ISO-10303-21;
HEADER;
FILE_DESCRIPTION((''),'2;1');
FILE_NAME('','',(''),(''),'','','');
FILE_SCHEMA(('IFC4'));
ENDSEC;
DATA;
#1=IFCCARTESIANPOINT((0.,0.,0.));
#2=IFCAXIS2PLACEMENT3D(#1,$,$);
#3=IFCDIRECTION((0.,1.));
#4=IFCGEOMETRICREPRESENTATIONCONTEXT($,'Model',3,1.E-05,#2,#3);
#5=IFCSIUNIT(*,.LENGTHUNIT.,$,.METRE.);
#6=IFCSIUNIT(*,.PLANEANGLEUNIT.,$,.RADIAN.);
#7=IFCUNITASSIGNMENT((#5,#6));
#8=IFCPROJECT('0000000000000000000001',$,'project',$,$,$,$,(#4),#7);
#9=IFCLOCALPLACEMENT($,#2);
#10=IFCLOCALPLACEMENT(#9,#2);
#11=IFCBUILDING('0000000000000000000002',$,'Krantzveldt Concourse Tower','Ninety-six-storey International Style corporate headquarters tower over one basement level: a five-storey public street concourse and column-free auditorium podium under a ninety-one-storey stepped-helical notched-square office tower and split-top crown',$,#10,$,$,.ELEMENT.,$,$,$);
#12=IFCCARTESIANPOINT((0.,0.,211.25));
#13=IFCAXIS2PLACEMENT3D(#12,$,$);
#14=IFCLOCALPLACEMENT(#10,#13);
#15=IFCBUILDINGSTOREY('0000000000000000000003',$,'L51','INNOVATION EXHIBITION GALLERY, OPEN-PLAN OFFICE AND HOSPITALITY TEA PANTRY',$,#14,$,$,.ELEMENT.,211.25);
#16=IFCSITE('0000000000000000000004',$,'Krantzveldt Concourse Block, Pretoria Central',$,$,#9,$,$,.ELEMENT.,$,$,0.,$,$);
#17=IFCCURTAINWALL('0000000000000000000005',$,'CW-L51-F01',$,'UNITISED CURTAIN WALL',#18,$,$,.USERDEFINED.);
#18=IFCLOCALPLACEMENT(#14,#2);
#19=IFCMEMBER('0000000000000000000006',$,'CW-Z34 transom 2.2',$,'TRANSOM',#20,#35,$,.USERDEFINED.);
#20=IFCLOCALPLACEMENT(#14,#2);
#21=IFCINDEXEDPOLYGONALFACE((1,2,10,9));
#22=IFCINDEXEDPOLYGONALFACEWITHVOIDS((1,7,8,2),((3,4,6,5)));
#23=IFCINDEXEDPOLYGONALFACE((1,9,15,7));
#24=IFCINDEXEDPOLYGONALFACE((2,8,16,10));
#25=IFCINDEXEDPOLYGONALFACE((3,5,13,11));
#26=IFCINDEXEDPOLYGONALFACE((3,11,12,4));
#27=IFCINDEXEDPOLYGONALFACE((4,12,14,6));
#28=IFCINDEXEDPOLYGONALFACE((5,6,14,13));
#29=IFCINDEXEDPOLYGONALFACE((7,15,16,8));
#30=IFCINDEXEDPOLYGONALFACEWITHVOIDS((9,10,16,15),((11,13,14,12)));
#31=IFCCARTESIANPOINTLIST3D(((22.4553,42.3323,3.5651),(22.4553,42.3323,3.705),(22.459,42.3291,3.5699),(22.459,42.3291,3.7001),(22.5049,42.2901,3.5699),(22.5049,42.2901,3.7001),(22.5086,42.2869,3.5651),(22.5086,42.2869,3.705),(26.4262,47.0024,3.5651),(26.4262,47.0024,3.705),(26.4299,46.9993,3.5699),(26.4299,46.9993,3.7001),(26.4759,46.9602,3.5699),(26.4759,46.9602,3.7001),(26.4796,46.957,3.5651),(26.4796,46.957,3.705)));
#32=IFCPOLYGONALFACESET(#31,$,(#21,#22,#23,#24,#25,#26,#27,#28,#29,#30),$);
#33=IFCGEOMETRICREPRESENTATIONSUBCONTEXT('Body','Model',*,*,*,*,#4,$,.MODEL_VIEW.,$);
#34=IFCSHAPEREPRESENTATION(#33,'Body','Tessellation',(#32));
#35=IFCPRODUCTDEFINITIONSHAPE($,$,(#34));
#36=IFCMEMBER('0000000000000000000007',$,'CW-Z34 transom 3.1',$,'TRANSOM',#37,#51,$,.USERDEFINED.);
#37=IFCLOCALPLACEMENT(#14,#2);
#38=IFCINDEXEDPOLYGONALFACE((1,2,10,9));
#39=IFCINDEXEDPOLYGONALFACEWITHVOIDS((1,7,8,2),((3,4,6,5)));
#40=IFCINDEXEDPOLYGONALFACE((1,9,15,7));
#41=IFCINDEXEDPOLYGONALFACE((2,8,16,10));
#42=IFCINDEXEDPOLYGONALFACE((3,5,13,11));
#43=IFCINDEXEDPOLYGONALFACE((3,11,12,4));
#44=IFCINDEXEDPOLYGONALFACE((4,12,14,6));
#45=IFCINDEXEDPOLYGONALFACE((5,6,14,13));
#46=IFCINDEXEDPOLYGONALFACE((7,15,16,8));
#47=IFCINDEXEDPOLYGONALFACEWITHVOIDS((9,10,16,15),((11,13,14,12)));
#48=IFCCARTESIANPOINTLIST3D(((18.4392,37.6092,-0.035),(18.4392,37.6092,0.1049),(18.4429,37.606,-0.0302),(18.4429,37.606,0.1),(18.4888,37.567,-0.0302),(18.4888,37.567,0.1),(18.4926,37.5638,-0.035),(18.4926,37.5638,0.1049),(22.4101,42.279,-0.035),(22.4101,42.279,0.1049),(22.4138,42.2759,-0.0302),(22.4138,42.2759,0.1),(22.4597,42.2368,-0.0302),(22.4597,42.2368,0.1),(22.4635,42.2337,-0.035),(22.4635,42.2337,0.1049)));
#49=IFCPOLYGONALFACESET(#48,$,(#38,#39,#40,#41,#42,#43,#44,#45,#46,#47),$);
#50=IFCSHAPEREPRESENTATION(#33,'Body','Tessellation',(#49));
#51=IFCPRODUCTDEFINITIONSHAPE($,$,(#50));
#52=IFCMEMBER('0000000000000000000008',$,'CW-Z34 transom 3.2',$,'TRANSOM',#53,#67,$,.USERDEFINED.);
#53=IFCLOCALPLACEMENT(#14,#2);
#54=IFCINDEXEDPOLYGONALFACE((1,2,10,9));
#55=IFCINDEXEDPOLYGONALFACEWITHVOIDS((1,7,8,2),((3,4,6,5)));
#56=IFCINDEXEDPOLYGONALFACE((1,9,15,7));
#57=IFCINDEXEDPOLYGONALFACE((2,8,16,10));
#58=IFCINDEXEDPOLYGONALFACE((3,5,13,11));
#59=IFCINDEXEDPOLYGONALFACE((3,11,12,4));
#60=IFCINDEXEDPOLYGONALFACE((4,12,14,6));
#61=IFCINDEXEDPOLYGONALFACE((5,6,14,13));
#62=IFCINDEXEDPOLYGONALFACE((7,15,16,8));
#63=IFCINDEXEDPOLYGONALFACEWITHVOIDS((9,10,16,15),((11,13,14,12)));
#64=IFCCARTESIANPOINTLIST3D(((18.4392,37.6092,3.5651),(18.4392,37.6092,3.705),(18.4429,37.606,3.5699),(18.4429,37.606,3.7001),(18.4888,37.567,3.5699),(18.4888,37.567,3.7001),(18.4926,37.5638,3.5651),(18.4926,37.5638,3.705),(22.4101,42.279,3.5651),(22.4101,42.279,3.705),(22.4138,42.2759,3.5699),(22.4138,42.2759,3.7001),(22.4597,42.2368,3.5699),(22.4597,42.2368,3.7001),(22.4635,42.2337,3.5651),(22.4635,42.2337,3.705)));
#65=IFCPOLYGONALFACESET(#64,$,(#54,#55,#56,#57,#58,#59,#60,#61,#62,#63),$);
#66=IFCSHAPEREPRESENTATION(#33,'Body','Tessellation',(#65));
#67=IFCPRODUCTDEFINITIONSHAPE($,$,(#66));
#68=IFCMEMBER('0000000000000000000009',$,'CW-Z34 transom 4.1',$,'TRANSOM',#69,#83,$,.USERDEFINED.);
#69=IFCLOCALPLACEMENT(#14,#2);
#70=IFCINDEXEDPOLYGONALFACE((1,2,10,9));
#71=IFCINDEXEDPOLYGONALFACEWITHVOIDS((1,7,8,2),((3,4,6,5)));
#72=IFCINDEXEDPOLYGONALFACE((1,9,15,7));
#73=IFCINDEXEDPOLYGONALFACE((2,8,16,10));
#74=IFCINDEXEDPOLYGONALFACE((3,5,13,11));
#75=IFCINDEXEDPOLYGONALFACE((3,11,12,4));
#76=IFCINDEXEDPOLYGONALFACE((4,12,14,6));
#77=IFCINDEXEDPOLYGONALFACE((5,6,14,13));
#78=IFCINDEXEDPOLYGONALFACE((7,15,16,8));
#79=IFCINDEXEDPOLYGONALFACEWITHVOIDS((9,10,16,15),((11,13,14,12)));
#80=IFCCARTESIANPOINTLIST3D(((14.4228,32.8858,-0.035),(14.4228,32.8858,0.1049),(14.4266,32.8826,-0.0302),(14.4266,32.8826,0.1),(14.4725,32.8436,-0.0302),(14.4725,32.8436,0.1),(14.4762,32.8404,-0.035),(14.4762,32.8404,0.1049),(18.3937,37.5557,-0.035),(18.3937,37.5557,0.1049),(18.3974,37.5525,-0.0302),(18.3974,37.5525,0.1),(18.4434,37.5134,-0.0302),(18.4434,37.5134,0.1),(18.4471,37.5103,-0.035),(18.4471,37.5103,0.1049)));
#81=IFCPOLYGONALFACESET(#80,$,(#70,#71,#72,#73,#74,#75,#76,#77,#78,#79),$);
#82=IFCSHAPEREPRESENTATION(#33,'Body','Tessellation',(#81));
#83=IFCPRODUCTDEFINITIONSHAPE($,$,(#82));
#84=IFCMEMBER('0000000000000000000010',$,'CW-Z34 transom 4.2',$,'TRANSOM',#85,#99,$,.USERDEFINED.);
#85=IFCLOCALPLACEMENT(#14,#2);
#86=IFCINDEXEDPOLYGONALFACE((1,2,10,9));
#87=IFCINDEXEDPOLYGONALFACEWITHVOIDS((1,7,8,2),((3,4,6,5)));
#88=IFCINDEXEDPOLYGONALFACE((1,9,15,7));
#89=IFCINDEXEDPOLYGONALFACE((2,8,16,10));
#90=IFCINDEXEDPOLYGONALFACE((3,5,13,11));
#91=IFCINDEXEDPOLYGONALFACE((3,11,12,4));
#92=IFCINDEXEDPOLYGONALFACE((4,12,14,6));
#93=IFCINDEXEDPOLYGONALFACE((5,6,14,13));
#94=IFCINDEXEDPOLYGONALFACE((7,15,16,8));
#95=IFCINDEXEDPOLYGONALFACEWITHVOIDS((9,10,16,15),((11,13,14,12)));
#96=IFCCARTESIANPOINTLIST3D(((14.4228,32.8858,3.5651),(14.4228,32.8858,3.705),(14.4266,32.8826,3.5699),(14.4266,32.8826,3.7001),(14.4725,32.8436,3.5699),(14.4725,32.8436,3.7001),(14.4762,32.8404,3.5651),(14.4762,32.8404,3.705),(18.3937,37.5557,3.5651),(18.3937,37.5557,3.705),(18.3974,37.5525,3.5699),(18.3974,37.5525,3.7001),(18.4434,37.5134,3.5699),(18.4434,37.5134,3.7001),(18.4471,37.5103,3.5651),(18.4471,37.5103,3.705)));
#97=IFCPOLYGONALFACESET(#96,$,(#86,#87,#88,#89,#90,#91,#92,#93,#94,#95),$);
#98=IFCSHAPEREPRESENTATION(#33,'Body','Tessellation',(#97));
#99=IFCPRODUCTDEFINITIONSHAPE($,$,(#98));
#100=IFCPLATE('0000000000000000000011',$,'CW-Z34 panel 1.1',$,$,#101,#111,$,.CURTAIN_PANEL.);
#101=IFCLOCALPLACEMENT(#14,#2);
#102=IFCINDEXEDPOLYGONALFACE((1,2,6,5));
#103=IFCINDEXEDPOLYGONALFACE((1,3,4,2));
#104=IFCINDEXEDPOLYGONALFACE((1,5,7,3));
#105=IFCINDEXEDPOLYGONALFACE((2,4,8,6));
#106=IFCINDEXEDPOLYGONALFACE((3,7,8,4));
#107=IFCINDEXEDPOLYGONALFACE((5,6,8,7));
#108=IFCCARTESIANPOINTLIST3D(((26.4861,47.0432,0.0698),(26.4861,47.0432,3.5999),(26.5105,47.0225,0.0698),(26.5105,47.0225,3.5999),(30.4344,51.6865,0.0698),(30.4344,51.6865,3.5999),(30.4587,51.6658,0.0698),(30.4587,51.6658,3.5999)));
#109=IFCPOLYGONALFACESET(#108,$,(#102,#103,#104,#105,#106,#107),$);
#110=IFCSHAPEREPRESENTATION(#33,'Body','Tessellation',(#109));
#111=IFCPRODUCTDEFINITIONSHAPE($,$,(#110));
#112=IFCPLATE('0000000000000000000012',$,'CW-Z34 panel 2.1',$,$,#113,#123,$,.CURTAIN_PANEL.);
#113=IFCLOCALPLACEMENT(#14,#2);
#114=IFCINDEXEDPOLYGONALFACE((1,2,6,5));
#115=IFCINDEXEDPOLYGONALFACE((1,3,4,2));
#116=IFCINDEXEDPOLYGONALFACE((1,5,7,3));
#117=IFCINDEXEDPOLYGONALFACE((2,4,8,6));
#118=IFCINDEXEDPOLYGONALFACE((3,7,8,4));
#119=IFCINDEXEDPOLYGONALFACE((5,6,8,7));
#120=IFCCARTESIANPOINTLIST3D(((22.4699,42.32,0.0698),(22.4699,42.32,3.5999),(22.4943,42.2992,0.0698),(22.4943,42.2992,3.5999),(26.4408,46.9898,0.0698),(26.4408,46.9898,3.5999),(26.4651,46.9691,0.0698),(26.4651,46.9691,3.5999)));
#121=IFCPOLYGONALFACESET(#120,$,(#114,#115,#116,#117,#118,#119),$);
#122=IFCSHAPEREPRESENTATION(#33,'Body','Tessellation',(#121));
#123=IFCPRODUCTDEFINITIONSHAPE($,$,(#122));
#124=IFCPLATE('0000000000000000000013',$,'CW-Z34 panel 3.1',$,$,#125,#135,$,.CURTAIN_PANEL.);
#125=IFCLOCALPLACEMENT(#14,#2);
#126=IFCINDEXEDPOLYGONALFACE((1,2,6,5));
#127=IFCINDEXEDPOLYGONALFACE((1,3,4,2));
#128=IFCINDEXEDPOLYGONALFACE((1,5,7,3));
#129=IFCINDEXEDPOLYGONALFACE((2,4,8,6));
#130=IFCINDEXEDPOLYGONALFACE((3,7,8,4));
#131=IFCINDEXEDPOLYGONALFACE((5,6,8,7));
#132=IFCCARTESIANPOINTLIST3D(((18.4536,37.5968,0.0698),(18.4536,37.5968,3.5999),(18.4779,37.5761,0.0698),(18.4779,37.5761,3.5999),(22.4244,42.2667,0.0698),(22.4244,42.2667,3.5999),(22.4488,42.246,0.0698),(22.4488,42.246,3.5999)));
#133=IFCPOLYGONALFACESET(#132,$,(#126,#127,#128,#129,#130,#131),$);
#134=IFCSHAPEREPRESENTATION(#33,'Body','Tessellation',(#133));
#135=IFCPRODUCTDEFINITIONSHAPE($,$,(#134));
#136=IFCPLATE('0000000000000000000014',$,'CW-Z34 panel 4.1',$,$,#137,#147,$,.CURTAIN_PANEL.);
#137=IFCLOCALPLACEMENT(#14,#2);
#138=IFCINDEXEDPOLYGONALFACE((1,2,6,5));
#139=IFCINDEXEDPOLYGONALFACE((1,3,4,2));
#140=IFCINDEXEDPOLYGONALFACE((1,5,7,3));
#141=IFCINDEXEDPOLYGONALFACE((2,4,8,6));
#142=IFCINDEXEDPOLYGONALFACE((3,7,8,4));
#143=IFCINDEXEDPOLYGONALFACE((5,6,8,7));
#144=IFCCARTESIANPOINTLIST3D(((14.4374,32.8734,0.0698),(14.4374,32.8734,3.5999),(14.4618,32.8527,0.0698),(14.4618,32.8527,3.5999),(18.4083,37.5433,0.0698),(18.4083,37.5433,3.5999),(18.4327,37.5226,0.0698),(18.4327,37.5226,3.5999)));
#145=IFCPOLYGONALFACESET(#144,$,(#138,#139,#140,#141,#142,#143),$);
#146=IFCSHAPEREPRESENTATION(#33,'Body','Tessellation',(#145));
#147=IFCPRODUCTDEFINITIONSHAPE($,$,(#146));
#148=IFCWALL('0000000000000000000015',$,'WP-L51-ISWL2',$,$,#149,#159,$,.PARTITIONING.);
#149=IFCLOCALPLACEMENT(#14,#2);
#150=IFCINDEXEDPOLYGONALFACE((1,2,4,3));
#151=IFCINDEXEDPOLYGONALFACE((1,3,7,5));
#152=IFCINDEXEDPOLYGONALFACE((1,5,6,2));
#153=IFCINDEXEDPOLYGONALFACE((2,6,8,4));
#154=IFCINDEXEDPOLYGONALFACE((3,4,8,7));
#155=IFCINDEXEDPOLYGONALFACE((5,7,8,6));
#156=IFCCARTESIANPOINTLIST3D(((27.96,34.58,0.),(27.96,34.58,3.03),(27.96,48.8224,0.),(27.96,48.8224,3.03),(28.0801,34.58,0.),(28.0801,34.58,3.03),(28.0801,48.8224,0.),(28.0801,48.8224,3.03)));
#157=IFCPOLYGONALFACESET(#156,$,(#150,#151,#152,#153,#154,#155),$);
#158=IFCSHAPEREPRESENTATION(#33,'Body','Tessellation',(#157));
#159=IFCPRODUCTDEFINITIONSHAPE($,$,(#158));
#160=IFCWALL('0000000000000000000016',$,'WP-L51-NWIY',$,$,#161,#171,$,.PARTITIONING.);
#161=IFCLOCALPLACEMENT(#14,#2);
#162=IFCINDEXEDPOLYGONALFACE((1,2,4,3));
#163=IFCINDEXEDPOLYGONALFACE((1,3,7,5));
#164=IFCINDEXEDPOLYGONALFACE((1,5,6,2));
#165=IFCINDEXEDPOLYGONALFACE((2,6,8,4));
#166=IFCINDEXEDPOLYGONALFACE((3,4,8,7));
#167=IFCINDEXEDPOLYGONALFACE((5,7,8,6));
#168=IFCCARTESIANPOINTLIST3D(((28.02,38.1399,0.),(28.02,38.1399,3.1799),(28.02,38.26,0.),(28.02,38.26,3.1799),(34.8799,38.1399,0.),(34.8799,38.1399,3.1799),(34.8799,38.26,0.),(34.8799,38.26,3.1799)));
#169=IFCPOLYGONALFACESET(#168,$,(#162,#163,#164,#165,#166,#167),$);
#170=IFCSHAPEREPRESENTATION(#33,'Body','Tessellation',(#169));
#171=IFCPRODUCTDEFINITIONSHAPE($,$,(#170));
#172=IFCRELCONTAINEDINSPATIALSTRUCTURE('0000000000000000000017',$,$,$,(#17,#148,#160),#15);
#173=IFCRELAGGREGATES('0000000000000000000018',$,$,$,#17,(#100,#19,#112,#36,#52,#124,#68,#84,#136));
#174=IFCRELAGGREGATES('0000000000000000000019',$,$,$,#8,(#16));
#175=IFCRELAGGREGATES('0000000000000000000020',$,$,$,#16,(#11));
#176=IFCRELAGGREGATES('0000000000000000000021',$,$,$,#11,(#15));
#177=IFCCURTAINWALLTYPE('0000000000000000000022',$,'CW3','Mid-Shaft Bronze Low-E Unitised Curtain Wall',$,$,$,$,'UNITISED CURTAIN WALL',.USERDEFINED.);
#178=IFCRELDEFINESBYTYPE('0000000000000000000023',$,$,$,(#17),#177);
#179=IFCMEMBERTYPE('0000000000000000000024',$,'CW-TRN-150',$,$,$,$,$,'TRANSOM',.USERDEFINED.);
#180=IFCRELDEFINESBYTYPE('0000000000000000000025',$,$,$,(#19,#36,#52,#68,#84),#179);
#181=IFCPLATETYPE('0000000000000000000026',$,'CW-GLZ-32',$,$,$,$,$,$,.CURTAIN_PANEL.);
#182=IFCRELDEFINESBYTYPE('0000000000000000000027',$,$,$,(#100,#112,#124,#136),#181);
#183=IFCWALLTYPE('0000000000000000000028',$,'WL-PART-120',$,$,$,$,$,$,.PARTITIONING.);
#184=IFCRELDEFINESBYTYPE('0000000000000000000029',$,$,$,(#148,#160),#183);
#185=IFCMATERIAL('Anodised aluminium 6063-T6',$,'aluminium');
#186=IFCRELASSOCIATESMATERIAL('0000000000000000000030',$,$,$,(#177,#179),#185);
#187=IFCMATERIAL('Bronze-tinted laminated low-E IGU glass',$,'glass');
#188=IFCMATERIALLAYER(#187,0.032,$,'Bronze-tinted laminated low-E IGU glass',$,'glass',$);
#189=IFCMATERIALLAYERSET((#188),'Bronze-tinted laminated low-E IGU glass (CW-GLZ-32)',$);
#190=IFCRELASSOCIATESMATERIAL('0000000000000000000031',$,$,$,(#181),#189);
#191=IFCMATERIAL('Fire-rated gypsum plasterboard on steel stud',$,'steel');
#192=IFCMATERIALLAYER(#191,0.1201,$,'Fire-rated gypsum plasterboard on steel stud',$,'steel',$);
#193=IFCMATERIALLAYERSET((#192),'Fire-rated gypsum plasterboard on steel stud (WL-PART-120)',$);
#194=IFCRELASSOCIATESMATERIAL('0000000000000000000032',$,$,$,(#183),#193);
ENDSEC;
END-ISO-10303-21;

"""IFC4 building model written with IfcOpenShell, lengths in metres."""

from ifc_helpers import new_model, si_unit, direction, frame, frame_2d, origin, origin_2d, place, context, subcontext, project, spatial, rectangle, hollow_rectangle, extrude, source, transform, mapped, material, layer, layer_set, material_profile, profile_set, type_object, type_shapes, element, aggregate, save


model = new_model("IFC4")

# Units and contexts
model_context = context("Model", 3, precision=1e-05, world=origin(), true_north=direction((0.0, 1.0)))
body_context = subcontext(model_context, "Body", "Model", "MODEL_VIEW")
ifc_project = project(units=[si_unit("LENGTHUNIT", "METRE"), si_unit("PLANEANGLEUNIT", "RADIAN")], contexts=[model_context])

# Site, building, storey
site_placement = place(None, origin())
site = spatial("IfcSite", under=ifc_project, at=site_placement, Name="Krantzveldt Concourse Block, Pretoria Central", CompositionType="ELEMENT", RefElevation=0.0)
building_placement = place(site_placement, origin())
building = spatial("IfcBuilding", under=site, at=building_placement, Name="Krantzveldt Concourse Tower", Description="Ninety-six-storey International Style corporate headquarters tower over one basement level: a five-storey public street concourse and column-free auditorium podium under a ninety-one-storey stepped-helical notched-square office tower and split-top crown", CompositionType="ELEMENT")
storey_placement = place(building_placement, frame((0.0, 0.0, 211.25)))
storey = spatial("IfcBuildingStorey", under=building, at=storey_placement, Name="L51", Description="INNOVATION EXHIBITION GALLERY, OPEN-PLAN OFFICE AND HOSPITALITY TEA PANTRY", CompositionType="ELEMENT", Elevation=211.25)

# Curtain wall, members, plates
ifc_material_1 = material(Name="Anodised aluminium 6063-T6", Category="aluminium")
curtain_wall_type = type_object("IfcCurtainWallType", Name="CW3", Description="Mid-Shaft Bronze Low-E Unitised Curtain Wall", ElementType="UNITISED CURTAIN WALL", PredefinedType="USERDEFINED", material=ifc_material_1)
curtain_wall_placement = place(storey_placement, origin())
curtain_wall = element("IfcCurtainWall", 1, at=curtain_wall_placement, inside=storey, type_object=curtain_wall_type, Name="CW-L51-F01", ObjectType="UNITISED CURTAIN WALL", PredefinedType="USERDEFINED")
ifc_material_profile_1 = material_profile(ifc_material_1, hollow_rectangle(XDim=0.0701, YDim=0.1399, WallThickness=0.0049, at=origin_2d()), Name="Anodised aluminium 6063-T6", Category="aluminium")
ifc_profile_set_1 = profile_set([ifc_material_profile_1], Name="Anodised aluminium 6063-T6 - ALU-TRAN 140x70x5")
member_type_1 = type_object("IfcMemberType", Name="CW-TRN-150", ElementType="TRANSOM", PredefinedType="USERDEFINED", material=ifc_profile_set_1)
shared_shape_1 = source(origin(), body_context, "Body", "SweptSolid", [
    extrude(hollow_rectangle(XDim=0.0701, YDim=0.1399, WallThickness=0.0049, at=origin_2d()), origin(), (0.0, 0.0, 1.0), 6.1301),
])
member_1_placement = place(storey_placement, frame((26.4529, 46.9797, 3.635), z_axis=(-0.647772, -0.761834, 0.0), x_axis=(0.761834, -0.647772, 0.0)))
member_1 = element("IfcMember", 2, at=member_1_placement, type_object=member_type_1, Name="CW-Z34 transom 2.2", ObjectType="TRANSOM", PredefinedType="USERDEFINED", context=body_context, shape_type="MappedRepresentation", body=[
    mapped(shared_shape_1, transform((0.0, 0.0, 0.0), x_axis=(1.0, 0.0, 0.0), y_axis=(0.0, 1.0, 0.0), z_axis=(0.0, 0.0, 1.0), scale=1.0)),
])
shared_shape_2 = source(origin(), body_context, "Body", "SweptSolid", [
    extrude(hollow_rectangle(XDim=0.0701, YDim=0.1399, WallThickness=0.0049, at=origin_2d()), origin(), (0.0, 0.0, 1.0), 6.1299),
])
member_2_placement = place(storey_placement, frame((22.4368, 42.2563, 0.0349), z_axis=(-0.647792, -0.761817, 0.0), x_axis=(0.761817, -0.647792, 0.0)))
member_2 = element("IfcMember", 3, at=member_2_placement, type_object=member_type_1, Name="CW-Z34 transom 3.1", ObjectType="TRANSOM", PredefinedType="USERDEFINED", context=body_context, shape_type="MappedRepresentation", body=[
    mapped(shared_shape_2, transform((0.0, 0.0, 0.0), x_axis=(1.0, 0.0, 0.0), y_axis=(0.0, 1.0, 0.0), z_axis=(0.0, 0.0, 1.0), scale=1.0)),
])
member_3_placement = place(storey_placement, frame((22.4368, 42.2563, 3.635), z_axis=(-0.647792, -0.761817, 0.0), x_axis=(0.761817, -0.647792, 0.0)))
member_3 = element("IfcMember", 4, at=member_3_placement, type_object=member_type_1, Name="CW-Z34 transom 3.2", ObjectType="TRANSOM", PredefinedType="USERDEFINED", context=body_context, shape_type="MappedRepresentation", body=[
    mapped(shared_shape_2, transform((0.0, 0.0, 0.0), x_axis=(1.0, 0.0, 0.0), y_axis=(0.0, 1.0, 0.0), z_axis=(0.0, 0.0, 1.0), scale=1.0)),
])
member_4_placement = place(storey_placement, frame((18.4204, 37.533, 0.0349), z_axis=(-0.647792, -0.761817, 0.0), x_axis=(0.761817, -0.647792, 0.0)))
member_4 = element("IfcMember", 5, at=member_4_placement, type_object=member_type_1, Name="CW-Z34 transom 4.1", ObjectType="TRANSOM", PredefinedType="USERDEFINED", context=body_context, shape_type="MappedRepresentation", body=[
    mapped(shared_shape_2, transform((0.0, 0.0, 0.0), x_axis=(1.0, 0.0, 0.0), y_axis=(0.0, 1.0, 0.0), z_axis=(0.0, 0.0, 1.0), scale=1.0)),
])
member_5_placement = place(storey_placement, frame((18.4204, 37.533, 3.635), z_axis=(-0.647792, -0.761817, 0.0), x_axis=(0.761817, -0.647792, 0.0)))
member_5 = element("IfcMember", 6, at=member_5_placement, type_object=member_type_1, Name="CW-Z34 transom 4.2", ObjectType="TRANSOM", PredefinedType="USERDEFINED", context=body_context, shape_type="MappedRepresentation", body=[
    mapped(shared_shape_2, transform((0.0, 0.0, 0.0), x_axis=(1.0, 0.0, 0.0), y_axis=(0.0, 1.0, 0.0), z_axis=(0.0, 0.0, 1.0), scale=1.0)),
])
ifc_material_2 = material(Name="Bronze-tinted laminated low-E IGU glass", Category="glass")
ifc_layer_1 = layer(ifc_material_2, 0.032, Name="Bronze-tinted laminated low-E IGU glass", Category="glass")
ifc_layer_set_1 = layer_set([ifc_layer_1], Name="Bronze-tinted laminated low-E IGU glass (CW-GLZ-32)")
plate_type = type_object("IfcPlateType", Name="CW-GLZ-32", PredefinedType="CURTAIN_PANEL", material=ifc_layer_set_1)
shared_shape_3 = source(origin(), body_context, "Body", "SweptSolid", [
    extrude(rectangle(XDim=6.095, YDim=0.032, at=origin_2d()), origin(), (0.0, 0.0, 1.0), 3.53),
])
plate_1_placement = place(storey_placement, frame((28.4724, 49.3545, 0.0698), z_axis=(0.0, 0.0, 1.0), x_axis=(-0.647788, -0.761821, 0.0)))
plate_1 = element("IfcPlate", 7, at=plate_1_placement, type_object=plate_type, Name="CW-Z34 panel 1.1", PredefinedType="CURTAIN_PANEL", context=body_context, shape_type="MappedRepresentation", body=[
    mapped(shared_shape_3, transform((0.0, 0.0, 0.0), x_axis=(1.0, 0.0, 0.0), y_axis=(0.0, 1.0, 0.0), z_axis=(0.0, 0.0, 1.0), scale=1.0)),
])
shared_shape_4 = source(origin(), body_context, "Body", "SweptSolid", [
    extrude(rectangle(XDim=6.1299, YDim=0.032, at=origin_2d()), origin(), (0.0, 0.0, 1.0), 3.53),
])
type_shapes(plate_type, [shared_shape_3, shared_shape_4])
plate_2_placement = place(storey_placement, frame((24.4675, 44.6445, 0.0698), z_axis=(0.0, 0.0, 1.0), x_axis=(-0.647788, -0.761821, 0.0)))
plate_2 = element("IfcPlate", 8, at=plate_2_placement, type_object=plate_type, Name="CW-Z34 panel 2.1", PredefinedType="CURTAIN_PANEL", context=body_context, shape_type="MappedRepresentation", body=[
    mapped(shared_shape_4, transform((0.0, 0.0, 0.0), x_axis=(1.0, 0.0, 0.0), y_axis=(0.0, 1.0, 0.0), z_axis=(0.0, 0.0, 1.0), scale=1.0)),
])
plate_3_placement = place(storey_placement, frame((20.4512, 39.9214, 0.0698), z_axis=(0.0, 0.0, 1.0), x_axis=(-0.647788, -0.761821, 0.0)))
plate_3 = element("IfcPlate", 9, at=plate_3_placement, type_object=plate_type, Name="CW-Z34 panel 3.1", PredefinedType="CURTAIN_PANEL", context=body_context, shape_type="MappedRepresentation", body=[
    mapped(shared_shape_4, transform((0.0, 0.0, 0.0), x_axis=(1.0, 0.0, 0.0), y_axis=(0.0, 1.0, 0.0), z_axis=(0.0, 0.0, 1.0), scale=1.0)),
])
plate_4_placement = place(storey_placement, frame((16.4351, 35.198, 0.0698), z_axis=(0.0, 0.0, 1.0), x_axis=(-0.647788, -0.761821, 0.0)))
plate_4 = element("IfcPlate", 10, at=plate_4_placement, type_object=plate_type, Name="CW-Z34 panel 4.1", PredefinedType="CURTAIN_PANEL", context=body_context, shape_type="MappedRepresentation", body=[
    mapped(shared_shape_4, transform((0.0, 0.0, 0.0), x_axis=(1.0, 0.0, 0.0), y_axis=(0.0, 1.0, 0.0), z_axis=(0.0, 0.0, 1.0), scale=1.0)),
])
aggregate(curtain_wall, [plate_1, member_1, plate_2, member_2, member_3, plate_3, member_4, member_5, plate_4])

# Walls
ifc_material_3 = material(Name="Fire-rated gypsum plasterboard on steel stud", Category="steel")
ifc_layer_2 = layer(ifc_material_3, 0.1201, Name="Fire-rated gypsum plasterboard on steel stud", Category="steel")
ifc_layer_set_2 = layer_set([ifc_layer_2], Name="Fire-rated gypsum plasterboard on steel stud (WL-PART-120)")
wall_type_1 = type_object("IfcWallType", Name="WL-PART-120", PredefinedType="PARTITIONING", material=ifc_layer_set_2)
wall_1_placement = place(storey_placement, frame((28.02, 34.5801, 0.0), z_axis=(0.0, 0.0, 1.0), x_axis=(0.0, 1.0, 0.0)))
element("IfcWall", 11, at=wall_1_placement, inside=storey, type_object=wall_type_1, Name="WP-L51-ISWL2", PredefinedType="PARTITIONING", context=body_context, shape_type="SweptSolid", body=[
    extrude(rectangle(XDim=14.2424, YDim=0.1201, at=frame_2d((7.1211, 0.0))), origin(), (0.0, 0.0, 1.0), 3.03),
])
wall_2_placement = place(storey_placement, frame((28.02, 38.2, 0.0), z_axis=(0.0, 0.0, 1.0), x_axis=(1.0, 0.0, 0.0)))
element("IfcWall", 12, at=wall_2_placement, inside=storey, type_object=wall_type_1, Name="WP-L51-NWIY", PredefinedType="PARTITIONING", context=body_context, shape_type="SweptSolid", body=[
    extrude(rectangle(XDim=6.8599, YDim=0.1201, at=frame_2d((3.4299, 0.0))), origin(), (0.0, 0.0, 1.0), 3.1799),
])

save(model, "model.ifc")
